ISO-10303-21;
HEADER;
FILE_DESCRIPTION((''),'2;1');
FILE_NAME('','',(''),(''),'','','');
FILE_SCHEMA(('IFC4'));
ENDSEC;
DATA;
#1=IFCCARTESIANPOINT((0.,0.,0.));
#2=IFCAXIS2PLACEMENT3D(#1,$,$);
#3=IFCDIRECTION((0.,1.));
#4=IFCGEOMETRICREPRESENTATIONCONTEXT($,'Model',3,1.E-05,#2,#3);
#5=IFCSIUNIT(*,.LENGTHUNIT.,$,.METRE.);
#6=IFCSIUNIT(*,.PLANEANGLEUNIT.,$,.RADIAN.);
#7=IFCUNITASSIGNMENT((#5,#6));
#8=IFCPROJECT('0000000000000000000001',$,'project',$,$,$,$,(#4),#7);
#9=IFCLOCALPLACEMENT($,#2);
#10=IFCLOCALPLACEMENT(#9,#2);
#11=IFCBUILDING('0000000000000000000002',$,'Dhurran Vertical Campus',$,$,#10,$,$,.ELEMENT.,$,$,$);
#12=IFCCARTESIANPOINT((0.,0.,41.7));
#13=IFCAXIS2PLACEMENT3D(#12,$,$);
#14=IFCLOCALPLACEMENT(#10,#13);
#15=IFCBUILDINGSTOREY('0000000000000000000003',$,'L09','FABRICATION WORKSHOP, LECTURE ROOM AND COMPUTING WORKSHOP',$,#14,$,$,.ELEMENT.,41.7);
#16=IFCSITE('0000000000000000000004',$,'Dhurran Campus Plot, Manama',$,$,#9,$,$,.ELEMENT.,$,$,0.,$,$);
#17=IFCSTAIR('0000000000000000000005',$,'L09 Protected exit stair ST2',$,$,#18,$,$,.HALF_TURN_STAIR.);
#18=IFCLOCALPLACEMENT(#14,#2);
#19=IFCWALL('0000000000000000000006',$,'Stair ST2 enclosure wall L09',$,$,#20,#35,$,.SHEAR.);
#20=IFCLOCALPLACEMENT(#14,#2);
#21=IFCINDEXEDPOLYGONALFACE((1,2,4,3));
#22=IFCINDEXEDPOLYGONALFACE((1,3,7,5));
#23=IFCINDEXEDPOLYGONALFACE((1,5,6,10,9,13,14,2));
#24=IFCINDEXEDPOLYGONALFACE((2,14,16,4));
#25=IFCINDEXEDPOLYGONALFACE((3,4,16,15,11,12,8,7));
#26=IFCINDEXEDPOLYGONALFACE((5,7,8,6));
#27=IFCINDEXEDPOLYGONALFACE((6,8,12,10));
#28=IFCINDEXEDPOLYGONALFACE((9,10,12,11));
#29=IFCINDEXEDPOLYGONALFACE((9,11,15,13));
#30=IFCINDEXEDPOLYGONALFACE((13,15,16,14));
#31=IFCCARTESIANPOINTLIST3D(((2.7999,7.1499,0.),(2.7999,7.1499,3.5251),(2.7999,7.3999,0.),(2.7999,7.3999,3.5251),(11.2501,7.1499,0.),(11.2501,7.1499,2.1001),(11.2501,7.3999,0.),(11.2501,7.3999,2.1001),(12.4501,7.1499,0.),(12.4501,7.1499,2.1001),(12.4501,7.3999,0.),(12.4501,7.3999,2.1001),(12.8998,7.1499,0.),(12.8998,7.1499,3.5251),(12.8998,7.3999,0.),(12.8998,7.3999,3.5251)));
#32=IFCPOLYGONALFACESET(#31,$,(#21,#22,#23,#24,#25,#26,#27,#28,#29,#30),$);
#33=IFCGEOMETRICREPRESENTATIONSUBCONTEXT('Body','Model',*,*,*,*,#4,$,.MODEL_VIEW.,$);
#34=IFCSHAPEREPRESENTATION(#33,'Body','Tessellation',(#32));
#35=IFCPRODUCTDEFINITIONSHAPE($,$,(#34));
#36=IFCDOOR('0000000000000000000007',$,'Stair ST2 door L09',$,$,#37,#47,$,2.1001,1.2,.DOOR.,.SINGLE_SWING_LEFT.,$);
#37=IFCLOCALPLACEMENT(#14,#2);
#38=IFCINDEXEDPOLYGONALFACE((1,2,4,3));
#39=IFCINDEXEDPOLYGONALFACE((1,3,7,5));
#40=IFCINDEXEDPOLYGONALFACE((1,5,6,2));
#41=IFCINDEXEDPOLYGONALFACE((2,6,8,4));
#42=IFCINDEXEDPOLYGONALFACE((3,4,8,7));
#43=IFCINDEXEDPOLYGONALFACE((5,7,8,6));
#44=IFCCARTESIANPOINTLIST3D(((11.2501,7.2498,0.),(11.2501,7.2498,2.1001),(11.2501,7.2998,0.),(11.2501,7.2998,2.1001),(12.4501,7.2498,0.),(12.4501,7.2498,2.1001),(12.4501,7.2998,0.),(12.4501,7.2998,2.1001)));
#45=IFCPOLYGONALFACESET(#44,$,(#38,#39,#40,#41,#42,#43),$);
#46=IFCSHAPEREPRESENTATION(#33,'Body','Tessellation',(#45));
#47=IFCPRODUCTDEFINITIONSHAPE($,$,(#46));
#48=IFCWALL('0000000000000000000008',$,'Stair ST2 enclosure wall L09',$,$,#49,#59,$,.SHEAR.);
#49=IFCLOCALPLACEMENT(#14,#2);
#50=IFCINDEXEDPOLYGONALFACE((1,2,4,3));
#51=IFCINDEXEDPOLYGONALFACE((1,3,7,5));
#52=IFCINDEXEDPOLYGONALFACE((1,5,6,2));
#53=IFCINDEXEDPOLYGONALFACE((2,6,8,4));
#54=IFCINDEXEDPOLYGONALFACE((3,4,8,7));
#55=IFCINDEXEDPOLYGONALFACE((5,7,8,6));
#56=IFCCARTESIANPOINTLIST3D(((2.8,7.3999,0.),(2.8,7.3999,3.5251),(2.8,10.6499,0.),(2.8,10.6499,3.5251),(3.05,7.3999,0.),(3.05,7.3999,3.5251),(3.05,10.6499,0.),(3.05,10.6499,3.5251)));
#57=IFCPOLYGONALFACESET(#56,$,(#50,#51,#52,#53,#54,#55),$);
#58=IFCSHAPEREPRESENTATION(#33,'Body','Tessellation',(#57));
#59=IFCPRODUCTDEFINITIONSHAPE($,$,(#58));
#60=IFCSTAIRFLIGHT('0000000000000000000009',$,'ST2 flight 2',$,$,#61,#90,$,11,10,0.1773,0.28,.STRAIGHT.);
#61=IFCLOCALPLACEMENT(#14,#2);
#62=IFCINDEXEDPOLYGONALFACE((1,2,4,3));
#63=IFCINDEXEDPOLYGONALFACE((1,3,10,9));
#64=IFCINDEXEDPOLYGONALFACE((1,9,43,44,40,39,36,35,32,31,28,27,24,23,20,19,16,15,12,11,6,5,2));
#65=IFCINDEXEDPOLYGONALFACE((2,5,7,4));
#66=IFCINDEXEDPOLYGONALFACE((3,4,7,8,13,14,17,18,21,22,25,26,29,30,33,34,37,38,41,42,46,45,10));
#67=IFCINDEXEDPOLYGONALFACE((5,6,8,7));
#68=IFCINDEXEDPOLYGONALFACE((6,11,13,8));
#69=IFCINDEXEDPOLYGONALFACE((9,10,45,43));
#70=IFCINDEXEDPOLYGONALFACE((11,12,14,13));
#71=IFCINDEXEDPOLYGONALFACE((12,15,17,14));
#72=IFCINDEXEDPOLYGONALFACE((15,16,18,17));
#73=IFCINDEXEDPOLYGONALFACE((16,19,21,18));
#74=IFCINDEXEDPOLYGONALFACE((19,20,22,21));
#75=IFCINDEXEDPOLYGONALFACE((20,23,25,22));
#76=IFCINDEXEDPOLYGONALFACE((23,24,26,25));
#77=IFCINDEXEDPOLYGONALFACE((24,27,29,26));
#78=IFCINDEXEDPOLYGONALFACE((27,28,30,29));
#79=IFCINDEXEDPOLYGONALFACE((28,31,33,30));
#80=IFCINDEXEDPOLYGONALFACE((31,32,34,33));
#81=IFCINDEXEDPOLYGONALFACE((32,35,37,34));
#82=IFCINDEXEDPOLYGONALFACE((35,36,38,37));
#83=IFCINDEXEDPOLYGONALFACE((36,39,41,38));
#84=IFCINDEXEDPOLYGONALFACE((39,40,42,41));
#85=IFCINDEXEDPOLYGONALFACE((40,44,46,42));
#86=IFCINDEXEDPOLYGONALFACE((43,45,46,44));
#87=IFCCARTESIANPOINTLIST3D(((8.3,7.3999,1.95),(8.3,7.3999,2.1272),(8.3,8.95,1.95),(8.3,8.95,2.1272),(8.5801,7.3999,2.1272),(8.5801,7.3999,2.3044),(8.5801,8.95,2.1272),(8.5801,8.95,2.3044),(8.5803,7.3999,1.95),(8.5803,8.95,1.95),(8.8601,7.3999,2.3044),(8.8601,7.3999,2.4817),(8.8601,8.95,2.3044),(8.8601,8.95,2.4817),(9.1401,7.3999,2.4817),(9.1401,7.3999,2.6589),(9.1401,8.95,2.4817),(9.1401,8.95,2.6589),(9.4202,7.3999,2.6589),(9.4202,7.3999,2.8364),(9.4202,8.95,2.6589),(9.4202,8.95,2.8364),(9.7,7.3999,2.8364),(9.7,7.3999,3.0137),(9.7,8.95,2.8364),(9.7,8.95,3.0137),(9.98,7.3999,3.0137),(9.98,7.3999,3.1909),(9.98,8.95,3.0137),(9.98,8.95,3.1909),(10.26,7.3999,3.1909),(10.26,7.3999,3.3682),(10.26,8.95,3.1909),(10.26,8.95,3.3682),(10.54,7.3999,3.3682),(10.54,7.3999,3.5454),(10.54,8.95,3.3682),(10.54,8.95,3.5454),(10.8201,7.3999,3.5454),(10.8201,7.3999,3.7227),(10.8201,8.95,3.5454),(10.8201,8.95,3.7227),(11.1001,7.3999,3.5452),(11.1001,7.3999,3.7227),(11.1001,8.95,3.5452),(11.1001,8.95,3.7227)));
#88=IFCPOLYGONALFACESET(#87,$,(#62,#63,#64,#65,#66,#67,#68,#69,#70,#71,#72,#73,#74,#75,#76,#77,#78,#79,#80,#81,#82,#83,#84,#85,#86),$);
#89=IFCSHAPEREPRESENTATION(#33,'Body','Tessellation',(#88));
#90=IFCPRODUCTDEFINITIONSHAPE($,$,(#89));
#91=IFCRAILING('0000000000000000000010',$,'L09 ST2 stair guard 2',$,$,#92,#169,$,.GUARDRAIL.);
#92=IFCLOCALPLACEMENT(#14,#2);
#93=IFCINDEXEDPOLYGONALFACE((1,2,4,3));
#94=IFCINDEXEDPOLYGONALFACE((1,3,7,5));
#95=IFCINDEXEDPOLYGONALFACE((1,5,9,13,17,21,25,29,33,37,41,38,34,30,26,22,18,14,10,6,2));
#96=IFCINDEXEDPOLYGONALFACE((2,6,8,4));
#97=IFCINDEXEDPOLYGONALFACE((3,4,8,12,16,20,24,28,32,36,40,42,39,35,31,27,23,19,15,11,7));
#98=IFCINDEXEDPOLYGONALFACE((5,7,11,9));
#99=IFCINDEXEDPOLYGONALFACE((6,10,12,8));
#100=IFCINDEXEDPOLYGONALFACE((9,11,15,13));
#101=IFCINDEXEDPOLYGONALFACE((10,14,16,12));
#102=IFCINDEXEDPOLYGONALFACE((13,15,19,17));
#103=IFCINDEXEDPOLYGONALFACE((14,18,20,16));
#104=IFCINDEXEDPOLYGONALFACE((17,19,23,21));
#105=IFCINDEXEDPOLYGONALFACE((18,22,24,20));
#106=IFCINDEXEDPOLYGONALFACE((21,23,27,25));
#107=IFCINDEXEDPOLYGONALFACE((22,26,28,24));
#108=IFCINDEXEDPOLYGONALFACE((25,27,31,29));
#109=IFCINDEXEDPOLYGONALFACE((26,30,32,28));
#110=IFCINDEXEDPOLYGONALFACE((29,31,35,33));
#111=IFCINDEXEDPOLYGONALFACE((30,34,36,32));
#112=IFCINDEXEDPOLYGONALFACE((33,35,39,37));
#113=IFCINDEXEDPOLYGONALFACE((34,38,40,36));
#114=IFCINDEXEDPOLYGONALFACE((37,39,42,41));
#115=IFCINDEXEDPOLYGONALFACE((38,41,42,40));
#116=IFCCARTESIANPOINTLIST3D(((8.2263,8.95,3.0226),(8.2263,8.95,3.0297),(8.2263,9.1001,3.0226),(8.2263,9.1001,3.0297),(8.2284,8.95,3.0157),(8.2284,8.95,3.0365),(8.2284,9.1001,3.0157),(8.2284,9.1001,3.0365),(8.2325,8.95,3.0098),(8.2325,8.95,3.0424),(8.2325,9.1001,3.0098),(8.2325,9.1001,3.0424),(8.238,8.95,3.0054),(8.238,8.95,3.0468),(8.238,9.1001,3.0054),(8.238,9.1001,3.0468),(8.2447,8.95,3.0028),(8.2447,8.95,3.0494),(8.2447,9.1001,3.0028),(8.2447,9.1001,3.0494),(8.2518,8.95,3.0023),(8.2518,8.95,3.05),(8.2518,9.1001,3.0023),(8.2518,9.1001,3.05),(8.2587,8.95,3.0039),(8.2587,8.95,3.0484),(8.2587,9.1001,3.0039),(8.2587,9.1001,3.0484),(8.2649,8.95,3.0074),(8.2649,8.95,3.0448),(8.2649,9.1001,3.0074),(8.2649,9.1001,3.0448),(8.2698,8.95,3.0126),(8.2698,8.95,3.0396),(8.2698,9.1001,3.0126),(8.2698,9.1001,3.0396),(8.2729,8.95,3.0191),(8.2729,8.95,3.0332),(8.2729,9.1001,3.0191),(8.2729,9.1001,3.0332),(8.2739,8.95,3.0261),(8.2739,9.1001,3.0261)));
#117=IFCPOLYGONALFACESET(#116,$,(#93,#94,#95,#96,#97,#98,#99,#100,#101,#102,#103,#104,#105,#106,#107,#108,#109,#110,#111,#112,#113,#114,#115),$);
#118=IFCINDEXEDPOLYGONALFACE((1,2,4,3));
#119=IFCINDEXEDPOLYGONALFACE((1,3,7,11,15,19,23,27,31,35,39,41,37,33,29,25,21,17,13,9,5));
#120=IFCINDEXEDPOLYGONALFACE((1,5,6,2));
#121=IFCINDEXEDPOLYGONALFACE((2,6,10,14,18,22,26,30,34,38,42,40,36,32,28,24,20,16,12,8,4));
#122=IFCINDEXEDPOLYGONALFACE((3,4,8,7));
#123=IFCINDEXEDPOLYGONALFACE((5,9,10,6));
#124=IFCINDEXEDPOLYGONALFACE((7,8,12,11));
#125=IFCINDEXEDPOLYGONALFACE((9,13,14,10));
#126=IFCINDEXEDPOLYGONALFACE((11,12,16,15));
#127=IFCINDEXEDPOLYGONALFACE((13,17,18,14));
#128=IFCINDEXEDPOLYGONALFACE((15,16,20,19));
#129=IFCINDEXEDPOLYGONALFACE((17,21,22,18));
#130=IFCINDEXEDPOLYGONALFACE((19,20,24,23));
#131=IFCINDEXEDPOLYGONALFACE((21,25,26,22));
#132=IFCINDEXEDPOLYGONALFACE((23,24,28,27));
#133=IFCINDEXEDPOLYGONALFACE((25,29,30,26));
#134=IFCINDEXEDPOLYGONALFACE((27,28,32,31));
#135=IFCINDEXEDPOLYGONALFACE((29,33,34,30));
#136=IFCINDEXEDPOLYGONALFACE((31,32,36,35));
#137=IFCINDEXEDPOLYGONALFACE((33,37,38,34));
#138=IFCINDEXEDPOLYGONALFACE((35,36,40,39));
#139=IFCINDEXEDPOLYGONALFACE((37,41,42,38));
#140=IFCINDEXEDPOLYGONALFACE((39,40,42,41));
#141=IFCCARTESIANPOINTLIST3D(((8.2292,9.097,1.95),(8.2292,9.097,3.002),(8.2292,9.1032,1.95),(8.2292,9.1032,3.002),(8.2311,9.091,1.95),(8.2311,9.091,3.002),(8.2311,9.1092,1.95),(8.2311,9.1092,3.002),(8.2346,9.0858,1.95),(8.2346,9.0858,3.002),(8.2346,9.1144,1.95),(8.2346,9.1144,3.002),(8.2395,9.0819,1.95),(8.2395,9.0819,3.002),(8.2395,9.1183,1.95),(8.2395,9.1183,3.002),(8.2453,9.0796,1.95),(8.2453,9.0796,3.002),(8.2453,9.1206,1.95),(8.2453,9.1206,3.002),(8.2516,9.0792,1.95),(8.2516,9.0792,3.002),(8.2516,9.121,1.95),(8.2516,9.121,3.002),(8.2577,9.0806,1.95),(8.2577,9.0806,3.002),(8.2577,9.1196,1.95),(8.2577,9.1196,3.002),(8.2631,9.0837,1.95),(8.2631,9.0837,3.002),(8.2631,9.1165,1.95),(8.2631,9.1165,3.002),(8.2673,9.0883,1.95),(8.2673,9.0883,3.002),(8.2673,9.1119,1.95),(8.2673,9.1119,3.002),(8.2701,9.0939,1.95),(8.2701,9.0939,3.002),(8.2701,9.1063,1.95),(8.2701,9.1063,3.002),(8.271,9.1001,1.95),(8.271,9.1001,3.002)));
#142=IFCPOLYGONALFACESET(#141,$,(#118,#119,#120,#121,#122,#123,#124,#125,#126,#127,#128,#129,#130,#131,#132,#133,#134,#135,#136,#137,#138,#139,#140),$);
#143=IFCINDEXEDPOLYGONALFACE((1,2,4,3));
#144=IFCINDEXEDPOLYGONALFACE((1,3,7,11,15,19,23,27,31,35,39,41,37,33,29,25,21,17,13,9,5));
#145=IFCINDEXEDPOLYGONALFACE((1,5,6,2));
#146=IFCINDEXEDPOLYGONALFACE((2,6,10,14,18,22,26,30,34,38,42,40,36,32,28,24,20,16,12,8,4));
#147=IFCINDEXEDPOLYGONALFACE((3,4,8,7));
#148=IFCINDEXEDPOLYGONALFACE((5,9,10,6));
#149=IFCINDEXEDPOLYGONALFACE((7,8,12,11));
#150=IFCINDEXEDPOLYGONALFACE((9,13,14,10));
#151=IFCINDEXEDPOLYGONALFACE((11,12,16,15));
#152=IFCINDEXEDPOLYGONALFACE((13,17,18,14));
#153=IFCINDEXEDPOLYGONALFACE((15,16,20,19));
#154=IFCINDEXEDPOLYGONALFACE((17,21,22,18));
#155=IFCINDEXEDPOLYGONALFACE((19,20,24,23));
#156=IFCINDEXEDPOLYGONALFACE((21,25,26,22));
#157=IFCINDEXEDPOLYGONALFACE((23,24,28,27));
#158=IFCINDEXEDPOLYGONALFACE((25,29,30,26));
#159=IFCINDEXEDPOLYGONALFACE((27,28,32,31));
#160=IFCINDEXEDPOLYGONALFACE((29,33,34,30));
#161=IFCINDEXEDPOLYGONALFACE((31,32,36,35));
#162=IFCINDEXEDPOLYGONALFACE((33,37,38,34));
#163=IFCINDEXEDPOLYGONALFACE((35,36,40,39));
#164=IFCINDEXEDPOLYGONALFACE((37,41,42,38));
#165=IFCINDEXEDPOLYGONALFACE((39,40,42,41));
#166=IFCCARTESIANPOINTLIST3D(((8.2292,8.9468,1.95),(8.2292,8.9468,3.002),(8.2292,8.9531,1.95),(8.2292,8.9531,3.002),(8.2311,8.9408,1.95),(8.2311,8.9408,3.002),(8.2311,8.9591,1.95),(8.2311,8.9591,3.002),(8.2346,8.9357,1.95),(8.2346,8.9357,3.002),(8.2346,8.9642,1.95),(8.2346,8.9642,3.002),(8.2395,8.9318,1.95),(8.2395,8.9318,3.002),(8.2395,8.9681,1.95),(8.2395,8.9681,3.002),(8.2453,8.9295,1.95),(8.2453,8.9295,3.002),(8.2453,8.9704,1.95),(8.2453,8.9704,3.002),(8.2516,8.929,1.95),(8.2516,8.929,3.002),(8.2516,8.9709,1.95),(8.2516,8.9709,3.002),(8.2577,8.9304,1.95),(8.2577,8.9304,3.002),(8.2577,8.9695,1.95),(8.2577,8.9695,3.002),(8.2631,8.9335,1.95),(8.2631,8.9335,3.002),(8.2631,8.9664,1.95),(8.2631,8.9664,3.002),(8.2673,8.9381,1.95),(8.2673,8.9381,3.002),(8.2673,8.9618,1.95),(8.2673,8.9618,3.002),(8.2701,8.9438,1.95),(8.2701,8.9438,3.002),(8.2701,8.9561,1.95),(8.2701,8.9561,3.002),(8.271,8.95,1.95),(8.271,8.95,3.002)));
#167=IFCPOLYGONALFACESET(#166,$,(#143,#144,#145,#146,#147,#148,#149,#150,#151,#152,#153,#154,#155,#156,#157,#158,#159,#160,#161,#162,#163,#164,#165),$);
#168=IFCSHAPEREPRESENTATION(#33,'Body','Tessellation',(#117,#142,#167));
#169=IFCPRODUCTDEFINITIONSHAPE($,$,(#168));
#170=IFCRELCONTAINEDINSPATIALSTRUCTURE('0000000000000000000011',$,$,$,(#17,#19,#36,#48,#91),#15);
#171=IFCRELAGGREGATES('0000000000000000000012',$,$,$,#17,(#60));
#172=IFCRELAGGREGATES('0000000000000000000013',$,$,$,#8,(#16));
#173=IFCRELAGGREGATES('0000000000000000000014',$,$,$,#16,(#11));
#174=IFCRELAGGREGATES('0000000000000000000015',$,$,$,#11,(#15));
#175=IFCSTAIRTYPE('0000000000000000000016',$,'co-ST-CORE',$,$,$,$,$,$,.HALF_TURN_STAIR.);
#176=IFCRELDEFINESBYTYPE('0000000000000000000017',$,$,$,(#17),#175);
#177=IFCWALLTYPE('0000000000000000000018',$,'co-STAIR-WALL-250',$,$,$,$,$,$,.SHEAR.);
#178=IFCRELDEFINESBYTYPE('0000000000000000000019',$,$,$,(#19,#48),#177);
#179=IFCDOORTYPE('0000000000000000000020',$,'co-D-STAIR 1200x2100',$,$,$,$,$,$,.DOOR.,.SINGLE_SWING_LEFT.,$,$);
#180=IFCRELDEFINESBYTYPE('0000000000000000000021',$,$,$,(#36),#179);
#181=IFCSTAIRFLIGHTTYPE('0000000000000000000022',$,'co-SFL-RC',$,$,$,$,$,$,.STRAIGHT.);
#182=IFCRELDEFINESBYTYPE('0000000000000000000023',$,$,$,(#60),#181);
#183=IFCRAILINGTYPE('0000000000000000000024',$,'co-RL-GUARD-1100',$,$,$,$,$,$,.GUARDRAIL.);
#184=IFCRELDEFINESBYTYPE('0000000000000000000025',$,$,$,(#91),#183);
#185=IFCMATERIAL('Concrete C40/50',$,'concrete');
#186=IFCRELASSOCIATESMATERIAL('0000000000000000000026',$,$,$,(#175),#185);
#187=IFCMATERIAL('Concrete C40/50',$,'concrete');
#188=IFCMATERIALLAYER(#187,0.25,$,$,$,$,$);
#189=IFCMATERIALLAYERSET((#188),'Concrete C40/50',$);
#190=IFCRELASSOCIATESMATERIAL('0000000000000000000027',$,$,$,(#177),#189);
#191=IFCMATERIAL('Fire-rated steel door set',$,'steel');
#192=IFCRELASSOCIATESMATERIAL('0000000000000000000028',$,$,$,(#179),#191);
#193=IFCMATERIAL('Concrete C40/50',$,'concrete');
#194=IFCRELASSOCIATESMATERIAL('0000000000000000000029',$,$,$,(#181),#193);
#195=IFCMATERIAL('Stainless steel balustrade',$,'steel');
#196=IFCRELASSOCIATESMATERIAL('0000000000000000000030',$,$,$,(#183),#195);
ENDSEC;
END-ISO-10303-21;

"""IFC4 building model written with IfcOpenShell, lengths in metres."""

from ifc_helpers import new_model, si_unit, direction, frame, frame_2d, origin, origin_2d, place, context, subcontext, project, spatial, polyline, rectangle, circle, outline, extrude, material, layer, layer_set, type_object, element, fill, aggregate, save


model = new_model("IFC4")

# Units and contexts
model_context = context("Model", 3, precision=1e-05, world=origin(), true_north=direction((0.0, 1.0)))
body_context = subcontext(model_context, "Body", "Model", "MODEL_VIEW")
ifc_project = project(units=[si_unit("LENGTHUNIT", "METRE"), si_unit("PLANEANGLEUNIT", "RADIAN")], contexts=[model_context])

# Site, building, storey
site_placement = place(None, origin())
site = spatial("IfcSite", under=ifc_project, at=site_placement, Name="Dhurran Campus Plot, Manama", CompositionType="ELEMENT", RefElevation=0.0)
building_placement = place(site_placement, origin())
building = spatial("IfcBuilding", under=site, at=building_placement, Name="Dhurran Vertical Campus", CompositionType="ELEMENT")
storey_placement = place(building_placement, frame((0.0, 0.0, 41.7)))
storey = spatial("IfcBuildingStorey", under=building, at=storey_placement, Name="L09", Description="FABRICATION WORKSHOP, LECTURE ROOM AND COMPUTING WORKSHOP", CompositionType="ELEMENT", Elevation=41.7)

# Stair
ifc_material_1 = material(Name="Concrete C40/50", Category="concrete")
stair_type = type_object("IfcStairType", Name="co-ST-CORE", PredefinedType="HALF_TURN_STAIR", material=ifc_material_1)
stair_1_placement = place(storey_placement, origin())
stair_1 = element("IfcStair", 1, at=stair_1_placement, inside=storey, type_object=stair_type, Name="L09 Protected exit stair ST2", PredefinedType="HALF_TURN_STAIR")

# Wall, opening, door
ifc_material_2 = material(Name="Concrete C40/50", Category="concrete")
ifc_layer_1 = layer(ifc_material_2, 0.25)
ifc_layer_set_1 = layer_set([ifc_layer_1], Name="Concrete C40/50")
wall_type_1 = type_object("IfcWallType", Name="co-STAIR-WALL-250", PredefinedType="SHEAR", material=ifc_layer_set_1)
wall_1_placement = place(storey_placement, frame((2.8, 7.2749, 0.0), z_axis=(0.0, 0.0, 1.0), x_axis=(1.0, 0.0, 0.0)))
wall_1 = element("IfcWall", 2, at=wall_1_placement, inside=storey, type_object=wall_type_1, Name="Stair ST2 enclosure wall L09", PredefinedType="SHEAR", context=body_context, shape_type="SweptSolid", body=[
    extrude(rectangle(XDim=10.0999, YDim=0.25, at=frame_2d((5.0498, 0.0))), origin(), (0.0, 0.0, 1.0), 3.5251),
])
opening_1_placement = place(wall_1_placement, frame((8.45, 0.0, 0.0)))
opening_1 = element("IfcOpeningElement", 3, at=opening_1_placement, cuts=wall_1, PredefinedType="OPENING", context=body_context, shape_type="SweptSolid", body=[
    extrude(rectangle(XDim=1.2, YDim=2.1001, at=frame_2d((0.6001, 1.05))), frame((0.0, 0.135, 0.0), z_axis=(0.0, -1.0, 0.0), x_axis=(1.0, 0.0, 0.0)), (0.0, 0.0, 1.0), 0.27),
])
ifc_material_3 = material(Name="Fire-rated steel door set", Category="steel")
door_type_1 = type_object("IfcDoorType", Name="co-D-STAIR 1200x2100", OperationType="SINGLE_SWING_LEFT", PredefinedType="DOOR", material=ifc_material_3)
door_1_placement = place(opening_1_placement, origin())
door_1 = element("IfcDoor", 4, at=door_1_placement, inside=storey, type_object=door_type_1, Name="Stair ST2 door L09", OperationType="SINGLE_SWING_LEFT", OverallHeight=2.1001, OverallWidth=1.2, PredefinedType="DOOR", context=body_context, shape_type="SweptSolid", body=[
    extrude(rectangle(XDim=1.2, YDim=2.1001, at=frame_2d((0.6001, 1.05))), frame((0.0, 0.0249, 0.0), z_axis=(0.0, -1.0, 0.0), x_axis=(1.0, 0.0, 0.0)), (0.0, 0.0, 1.0), 0.05),
])
fill(opening_1, door_1)

# Wall
wall_2_placement = place(storey_placement, frame((2.925, 7.3999, 0.0), z_axis=(0.0, 0.0, 1.0), x_axis=(0.0, 1.0, 0.0)))
element("IfcWall", 5, at=wall_2_placement, inside=storey, type_object=wall_type_1, Name="Stair ST2 enclosure wall L09", PredefinedType="SHEAR", context=body_context, shape_type="SweptSolid", body=[
    extrude(rectangle(XDim=3.25, YDim=0.25, at=frame_2d((1.625, 0.0))), origin(), (0.0, 0.0, 1.0), 3.5251),
])

# Stair flight
ifc_material_4 = material(Name="Concrete C40/50", Category="concrete")
stair_flight_type = type_object("IfcStairFlightType", Name="co-SFL-RC", PredefinedType="STRAIGHT", material=ifc_material_4)
stair_flight_placement = place(storey_placement, frame((8.3, 8.175, 1.95), z_axis=(0.0, 0.0, 1.0), x_axis=(1.0, 0.0, 0.0)))
stair_flight = element("IfcStairFlight", 6, at=stair_flight_placement, type_object=stair_flight_type, Name="ST2 flight 2", NumberOfRisers=11, NumberOfTreads=10, PredefinedType="STRAIGHT", RiserHeight=0.1773, TreadLength=0.28, context=body_context, shape_type="SweptSolid", body=[
    extrude(outline(polyline([(0.0, 0.0), (0.0, 0.1772), (0.28, 0.1772), (0.28, 0.3545), (0.5601, 0.3545), (0.5601, 0.5317), (0.8401, 0.5317), (0.8401, 0.709), (1.1201, 0.709), (1.1201, 0.8865), (1.3999, 0.8865), (1.3999, 1.0637), (1.6799, 1.0637), (1.6799, 1.241), (1.96, 1.241), (1.96, 1.4182), (2.24, 1.4182), (2.24, 1.5955), (2.52, 1.5955), (2.52, 1.7727), (2.8, 1.7727), (2.8, 1.95), (2.8, 1.5952), (0.2803, 0.0), (0.0, 0.0)])), frame((0.0, 0.7749, 0.0), z_axis=(0.0, -1.0, 0.0), x_axis=(1.0, 0.0, 0.0)), (0.0, 0.0, 1.0), 1.55),
])
aggregate(stair_1, [stair_flight])

# Railing
ifc_material_5 = material(Name="Stainless steel balustrade", Category="steel")
railing_type_1 = type_object("IfcRailingType", Name="co-RL-GUARD-1100", PredefinedType="GUARDRAIL", material=ifc_material_5)
railing_1_placement = place(storey_placement, frame((8.25, 9.1001, 1.95)))
element("IfcRailing", 7, at=railing_1_placement, inside=storey, type_object=railing_type_1, Name="L09 ST2 stair guard 2", PredefinedType="GUARDRAIL", context=body_context, shape_type="SweptSolid", body=[
    extrude(circle(Radius=0.0239, at=origin_2d()), frame((0.0, 0.0, 1.0762), z_axis=(0.0, -1.0, 0.0), x_axis=(1.0, 0.0, 0.0)), (0.0, 0.0, 1.0), 0.1501),
    extrude(circle(Radius=0.021, at=origin_2d()), origin(), (0.0, 0.0, 1.0), 1.052),
    extrude(circle(Radius=0.021, at=origin_2d()), frame((0.0, -0.1501, 0.0)), (0.0, 0.0, 1.0), 1.052),
])

save(model, "model.ifc")
